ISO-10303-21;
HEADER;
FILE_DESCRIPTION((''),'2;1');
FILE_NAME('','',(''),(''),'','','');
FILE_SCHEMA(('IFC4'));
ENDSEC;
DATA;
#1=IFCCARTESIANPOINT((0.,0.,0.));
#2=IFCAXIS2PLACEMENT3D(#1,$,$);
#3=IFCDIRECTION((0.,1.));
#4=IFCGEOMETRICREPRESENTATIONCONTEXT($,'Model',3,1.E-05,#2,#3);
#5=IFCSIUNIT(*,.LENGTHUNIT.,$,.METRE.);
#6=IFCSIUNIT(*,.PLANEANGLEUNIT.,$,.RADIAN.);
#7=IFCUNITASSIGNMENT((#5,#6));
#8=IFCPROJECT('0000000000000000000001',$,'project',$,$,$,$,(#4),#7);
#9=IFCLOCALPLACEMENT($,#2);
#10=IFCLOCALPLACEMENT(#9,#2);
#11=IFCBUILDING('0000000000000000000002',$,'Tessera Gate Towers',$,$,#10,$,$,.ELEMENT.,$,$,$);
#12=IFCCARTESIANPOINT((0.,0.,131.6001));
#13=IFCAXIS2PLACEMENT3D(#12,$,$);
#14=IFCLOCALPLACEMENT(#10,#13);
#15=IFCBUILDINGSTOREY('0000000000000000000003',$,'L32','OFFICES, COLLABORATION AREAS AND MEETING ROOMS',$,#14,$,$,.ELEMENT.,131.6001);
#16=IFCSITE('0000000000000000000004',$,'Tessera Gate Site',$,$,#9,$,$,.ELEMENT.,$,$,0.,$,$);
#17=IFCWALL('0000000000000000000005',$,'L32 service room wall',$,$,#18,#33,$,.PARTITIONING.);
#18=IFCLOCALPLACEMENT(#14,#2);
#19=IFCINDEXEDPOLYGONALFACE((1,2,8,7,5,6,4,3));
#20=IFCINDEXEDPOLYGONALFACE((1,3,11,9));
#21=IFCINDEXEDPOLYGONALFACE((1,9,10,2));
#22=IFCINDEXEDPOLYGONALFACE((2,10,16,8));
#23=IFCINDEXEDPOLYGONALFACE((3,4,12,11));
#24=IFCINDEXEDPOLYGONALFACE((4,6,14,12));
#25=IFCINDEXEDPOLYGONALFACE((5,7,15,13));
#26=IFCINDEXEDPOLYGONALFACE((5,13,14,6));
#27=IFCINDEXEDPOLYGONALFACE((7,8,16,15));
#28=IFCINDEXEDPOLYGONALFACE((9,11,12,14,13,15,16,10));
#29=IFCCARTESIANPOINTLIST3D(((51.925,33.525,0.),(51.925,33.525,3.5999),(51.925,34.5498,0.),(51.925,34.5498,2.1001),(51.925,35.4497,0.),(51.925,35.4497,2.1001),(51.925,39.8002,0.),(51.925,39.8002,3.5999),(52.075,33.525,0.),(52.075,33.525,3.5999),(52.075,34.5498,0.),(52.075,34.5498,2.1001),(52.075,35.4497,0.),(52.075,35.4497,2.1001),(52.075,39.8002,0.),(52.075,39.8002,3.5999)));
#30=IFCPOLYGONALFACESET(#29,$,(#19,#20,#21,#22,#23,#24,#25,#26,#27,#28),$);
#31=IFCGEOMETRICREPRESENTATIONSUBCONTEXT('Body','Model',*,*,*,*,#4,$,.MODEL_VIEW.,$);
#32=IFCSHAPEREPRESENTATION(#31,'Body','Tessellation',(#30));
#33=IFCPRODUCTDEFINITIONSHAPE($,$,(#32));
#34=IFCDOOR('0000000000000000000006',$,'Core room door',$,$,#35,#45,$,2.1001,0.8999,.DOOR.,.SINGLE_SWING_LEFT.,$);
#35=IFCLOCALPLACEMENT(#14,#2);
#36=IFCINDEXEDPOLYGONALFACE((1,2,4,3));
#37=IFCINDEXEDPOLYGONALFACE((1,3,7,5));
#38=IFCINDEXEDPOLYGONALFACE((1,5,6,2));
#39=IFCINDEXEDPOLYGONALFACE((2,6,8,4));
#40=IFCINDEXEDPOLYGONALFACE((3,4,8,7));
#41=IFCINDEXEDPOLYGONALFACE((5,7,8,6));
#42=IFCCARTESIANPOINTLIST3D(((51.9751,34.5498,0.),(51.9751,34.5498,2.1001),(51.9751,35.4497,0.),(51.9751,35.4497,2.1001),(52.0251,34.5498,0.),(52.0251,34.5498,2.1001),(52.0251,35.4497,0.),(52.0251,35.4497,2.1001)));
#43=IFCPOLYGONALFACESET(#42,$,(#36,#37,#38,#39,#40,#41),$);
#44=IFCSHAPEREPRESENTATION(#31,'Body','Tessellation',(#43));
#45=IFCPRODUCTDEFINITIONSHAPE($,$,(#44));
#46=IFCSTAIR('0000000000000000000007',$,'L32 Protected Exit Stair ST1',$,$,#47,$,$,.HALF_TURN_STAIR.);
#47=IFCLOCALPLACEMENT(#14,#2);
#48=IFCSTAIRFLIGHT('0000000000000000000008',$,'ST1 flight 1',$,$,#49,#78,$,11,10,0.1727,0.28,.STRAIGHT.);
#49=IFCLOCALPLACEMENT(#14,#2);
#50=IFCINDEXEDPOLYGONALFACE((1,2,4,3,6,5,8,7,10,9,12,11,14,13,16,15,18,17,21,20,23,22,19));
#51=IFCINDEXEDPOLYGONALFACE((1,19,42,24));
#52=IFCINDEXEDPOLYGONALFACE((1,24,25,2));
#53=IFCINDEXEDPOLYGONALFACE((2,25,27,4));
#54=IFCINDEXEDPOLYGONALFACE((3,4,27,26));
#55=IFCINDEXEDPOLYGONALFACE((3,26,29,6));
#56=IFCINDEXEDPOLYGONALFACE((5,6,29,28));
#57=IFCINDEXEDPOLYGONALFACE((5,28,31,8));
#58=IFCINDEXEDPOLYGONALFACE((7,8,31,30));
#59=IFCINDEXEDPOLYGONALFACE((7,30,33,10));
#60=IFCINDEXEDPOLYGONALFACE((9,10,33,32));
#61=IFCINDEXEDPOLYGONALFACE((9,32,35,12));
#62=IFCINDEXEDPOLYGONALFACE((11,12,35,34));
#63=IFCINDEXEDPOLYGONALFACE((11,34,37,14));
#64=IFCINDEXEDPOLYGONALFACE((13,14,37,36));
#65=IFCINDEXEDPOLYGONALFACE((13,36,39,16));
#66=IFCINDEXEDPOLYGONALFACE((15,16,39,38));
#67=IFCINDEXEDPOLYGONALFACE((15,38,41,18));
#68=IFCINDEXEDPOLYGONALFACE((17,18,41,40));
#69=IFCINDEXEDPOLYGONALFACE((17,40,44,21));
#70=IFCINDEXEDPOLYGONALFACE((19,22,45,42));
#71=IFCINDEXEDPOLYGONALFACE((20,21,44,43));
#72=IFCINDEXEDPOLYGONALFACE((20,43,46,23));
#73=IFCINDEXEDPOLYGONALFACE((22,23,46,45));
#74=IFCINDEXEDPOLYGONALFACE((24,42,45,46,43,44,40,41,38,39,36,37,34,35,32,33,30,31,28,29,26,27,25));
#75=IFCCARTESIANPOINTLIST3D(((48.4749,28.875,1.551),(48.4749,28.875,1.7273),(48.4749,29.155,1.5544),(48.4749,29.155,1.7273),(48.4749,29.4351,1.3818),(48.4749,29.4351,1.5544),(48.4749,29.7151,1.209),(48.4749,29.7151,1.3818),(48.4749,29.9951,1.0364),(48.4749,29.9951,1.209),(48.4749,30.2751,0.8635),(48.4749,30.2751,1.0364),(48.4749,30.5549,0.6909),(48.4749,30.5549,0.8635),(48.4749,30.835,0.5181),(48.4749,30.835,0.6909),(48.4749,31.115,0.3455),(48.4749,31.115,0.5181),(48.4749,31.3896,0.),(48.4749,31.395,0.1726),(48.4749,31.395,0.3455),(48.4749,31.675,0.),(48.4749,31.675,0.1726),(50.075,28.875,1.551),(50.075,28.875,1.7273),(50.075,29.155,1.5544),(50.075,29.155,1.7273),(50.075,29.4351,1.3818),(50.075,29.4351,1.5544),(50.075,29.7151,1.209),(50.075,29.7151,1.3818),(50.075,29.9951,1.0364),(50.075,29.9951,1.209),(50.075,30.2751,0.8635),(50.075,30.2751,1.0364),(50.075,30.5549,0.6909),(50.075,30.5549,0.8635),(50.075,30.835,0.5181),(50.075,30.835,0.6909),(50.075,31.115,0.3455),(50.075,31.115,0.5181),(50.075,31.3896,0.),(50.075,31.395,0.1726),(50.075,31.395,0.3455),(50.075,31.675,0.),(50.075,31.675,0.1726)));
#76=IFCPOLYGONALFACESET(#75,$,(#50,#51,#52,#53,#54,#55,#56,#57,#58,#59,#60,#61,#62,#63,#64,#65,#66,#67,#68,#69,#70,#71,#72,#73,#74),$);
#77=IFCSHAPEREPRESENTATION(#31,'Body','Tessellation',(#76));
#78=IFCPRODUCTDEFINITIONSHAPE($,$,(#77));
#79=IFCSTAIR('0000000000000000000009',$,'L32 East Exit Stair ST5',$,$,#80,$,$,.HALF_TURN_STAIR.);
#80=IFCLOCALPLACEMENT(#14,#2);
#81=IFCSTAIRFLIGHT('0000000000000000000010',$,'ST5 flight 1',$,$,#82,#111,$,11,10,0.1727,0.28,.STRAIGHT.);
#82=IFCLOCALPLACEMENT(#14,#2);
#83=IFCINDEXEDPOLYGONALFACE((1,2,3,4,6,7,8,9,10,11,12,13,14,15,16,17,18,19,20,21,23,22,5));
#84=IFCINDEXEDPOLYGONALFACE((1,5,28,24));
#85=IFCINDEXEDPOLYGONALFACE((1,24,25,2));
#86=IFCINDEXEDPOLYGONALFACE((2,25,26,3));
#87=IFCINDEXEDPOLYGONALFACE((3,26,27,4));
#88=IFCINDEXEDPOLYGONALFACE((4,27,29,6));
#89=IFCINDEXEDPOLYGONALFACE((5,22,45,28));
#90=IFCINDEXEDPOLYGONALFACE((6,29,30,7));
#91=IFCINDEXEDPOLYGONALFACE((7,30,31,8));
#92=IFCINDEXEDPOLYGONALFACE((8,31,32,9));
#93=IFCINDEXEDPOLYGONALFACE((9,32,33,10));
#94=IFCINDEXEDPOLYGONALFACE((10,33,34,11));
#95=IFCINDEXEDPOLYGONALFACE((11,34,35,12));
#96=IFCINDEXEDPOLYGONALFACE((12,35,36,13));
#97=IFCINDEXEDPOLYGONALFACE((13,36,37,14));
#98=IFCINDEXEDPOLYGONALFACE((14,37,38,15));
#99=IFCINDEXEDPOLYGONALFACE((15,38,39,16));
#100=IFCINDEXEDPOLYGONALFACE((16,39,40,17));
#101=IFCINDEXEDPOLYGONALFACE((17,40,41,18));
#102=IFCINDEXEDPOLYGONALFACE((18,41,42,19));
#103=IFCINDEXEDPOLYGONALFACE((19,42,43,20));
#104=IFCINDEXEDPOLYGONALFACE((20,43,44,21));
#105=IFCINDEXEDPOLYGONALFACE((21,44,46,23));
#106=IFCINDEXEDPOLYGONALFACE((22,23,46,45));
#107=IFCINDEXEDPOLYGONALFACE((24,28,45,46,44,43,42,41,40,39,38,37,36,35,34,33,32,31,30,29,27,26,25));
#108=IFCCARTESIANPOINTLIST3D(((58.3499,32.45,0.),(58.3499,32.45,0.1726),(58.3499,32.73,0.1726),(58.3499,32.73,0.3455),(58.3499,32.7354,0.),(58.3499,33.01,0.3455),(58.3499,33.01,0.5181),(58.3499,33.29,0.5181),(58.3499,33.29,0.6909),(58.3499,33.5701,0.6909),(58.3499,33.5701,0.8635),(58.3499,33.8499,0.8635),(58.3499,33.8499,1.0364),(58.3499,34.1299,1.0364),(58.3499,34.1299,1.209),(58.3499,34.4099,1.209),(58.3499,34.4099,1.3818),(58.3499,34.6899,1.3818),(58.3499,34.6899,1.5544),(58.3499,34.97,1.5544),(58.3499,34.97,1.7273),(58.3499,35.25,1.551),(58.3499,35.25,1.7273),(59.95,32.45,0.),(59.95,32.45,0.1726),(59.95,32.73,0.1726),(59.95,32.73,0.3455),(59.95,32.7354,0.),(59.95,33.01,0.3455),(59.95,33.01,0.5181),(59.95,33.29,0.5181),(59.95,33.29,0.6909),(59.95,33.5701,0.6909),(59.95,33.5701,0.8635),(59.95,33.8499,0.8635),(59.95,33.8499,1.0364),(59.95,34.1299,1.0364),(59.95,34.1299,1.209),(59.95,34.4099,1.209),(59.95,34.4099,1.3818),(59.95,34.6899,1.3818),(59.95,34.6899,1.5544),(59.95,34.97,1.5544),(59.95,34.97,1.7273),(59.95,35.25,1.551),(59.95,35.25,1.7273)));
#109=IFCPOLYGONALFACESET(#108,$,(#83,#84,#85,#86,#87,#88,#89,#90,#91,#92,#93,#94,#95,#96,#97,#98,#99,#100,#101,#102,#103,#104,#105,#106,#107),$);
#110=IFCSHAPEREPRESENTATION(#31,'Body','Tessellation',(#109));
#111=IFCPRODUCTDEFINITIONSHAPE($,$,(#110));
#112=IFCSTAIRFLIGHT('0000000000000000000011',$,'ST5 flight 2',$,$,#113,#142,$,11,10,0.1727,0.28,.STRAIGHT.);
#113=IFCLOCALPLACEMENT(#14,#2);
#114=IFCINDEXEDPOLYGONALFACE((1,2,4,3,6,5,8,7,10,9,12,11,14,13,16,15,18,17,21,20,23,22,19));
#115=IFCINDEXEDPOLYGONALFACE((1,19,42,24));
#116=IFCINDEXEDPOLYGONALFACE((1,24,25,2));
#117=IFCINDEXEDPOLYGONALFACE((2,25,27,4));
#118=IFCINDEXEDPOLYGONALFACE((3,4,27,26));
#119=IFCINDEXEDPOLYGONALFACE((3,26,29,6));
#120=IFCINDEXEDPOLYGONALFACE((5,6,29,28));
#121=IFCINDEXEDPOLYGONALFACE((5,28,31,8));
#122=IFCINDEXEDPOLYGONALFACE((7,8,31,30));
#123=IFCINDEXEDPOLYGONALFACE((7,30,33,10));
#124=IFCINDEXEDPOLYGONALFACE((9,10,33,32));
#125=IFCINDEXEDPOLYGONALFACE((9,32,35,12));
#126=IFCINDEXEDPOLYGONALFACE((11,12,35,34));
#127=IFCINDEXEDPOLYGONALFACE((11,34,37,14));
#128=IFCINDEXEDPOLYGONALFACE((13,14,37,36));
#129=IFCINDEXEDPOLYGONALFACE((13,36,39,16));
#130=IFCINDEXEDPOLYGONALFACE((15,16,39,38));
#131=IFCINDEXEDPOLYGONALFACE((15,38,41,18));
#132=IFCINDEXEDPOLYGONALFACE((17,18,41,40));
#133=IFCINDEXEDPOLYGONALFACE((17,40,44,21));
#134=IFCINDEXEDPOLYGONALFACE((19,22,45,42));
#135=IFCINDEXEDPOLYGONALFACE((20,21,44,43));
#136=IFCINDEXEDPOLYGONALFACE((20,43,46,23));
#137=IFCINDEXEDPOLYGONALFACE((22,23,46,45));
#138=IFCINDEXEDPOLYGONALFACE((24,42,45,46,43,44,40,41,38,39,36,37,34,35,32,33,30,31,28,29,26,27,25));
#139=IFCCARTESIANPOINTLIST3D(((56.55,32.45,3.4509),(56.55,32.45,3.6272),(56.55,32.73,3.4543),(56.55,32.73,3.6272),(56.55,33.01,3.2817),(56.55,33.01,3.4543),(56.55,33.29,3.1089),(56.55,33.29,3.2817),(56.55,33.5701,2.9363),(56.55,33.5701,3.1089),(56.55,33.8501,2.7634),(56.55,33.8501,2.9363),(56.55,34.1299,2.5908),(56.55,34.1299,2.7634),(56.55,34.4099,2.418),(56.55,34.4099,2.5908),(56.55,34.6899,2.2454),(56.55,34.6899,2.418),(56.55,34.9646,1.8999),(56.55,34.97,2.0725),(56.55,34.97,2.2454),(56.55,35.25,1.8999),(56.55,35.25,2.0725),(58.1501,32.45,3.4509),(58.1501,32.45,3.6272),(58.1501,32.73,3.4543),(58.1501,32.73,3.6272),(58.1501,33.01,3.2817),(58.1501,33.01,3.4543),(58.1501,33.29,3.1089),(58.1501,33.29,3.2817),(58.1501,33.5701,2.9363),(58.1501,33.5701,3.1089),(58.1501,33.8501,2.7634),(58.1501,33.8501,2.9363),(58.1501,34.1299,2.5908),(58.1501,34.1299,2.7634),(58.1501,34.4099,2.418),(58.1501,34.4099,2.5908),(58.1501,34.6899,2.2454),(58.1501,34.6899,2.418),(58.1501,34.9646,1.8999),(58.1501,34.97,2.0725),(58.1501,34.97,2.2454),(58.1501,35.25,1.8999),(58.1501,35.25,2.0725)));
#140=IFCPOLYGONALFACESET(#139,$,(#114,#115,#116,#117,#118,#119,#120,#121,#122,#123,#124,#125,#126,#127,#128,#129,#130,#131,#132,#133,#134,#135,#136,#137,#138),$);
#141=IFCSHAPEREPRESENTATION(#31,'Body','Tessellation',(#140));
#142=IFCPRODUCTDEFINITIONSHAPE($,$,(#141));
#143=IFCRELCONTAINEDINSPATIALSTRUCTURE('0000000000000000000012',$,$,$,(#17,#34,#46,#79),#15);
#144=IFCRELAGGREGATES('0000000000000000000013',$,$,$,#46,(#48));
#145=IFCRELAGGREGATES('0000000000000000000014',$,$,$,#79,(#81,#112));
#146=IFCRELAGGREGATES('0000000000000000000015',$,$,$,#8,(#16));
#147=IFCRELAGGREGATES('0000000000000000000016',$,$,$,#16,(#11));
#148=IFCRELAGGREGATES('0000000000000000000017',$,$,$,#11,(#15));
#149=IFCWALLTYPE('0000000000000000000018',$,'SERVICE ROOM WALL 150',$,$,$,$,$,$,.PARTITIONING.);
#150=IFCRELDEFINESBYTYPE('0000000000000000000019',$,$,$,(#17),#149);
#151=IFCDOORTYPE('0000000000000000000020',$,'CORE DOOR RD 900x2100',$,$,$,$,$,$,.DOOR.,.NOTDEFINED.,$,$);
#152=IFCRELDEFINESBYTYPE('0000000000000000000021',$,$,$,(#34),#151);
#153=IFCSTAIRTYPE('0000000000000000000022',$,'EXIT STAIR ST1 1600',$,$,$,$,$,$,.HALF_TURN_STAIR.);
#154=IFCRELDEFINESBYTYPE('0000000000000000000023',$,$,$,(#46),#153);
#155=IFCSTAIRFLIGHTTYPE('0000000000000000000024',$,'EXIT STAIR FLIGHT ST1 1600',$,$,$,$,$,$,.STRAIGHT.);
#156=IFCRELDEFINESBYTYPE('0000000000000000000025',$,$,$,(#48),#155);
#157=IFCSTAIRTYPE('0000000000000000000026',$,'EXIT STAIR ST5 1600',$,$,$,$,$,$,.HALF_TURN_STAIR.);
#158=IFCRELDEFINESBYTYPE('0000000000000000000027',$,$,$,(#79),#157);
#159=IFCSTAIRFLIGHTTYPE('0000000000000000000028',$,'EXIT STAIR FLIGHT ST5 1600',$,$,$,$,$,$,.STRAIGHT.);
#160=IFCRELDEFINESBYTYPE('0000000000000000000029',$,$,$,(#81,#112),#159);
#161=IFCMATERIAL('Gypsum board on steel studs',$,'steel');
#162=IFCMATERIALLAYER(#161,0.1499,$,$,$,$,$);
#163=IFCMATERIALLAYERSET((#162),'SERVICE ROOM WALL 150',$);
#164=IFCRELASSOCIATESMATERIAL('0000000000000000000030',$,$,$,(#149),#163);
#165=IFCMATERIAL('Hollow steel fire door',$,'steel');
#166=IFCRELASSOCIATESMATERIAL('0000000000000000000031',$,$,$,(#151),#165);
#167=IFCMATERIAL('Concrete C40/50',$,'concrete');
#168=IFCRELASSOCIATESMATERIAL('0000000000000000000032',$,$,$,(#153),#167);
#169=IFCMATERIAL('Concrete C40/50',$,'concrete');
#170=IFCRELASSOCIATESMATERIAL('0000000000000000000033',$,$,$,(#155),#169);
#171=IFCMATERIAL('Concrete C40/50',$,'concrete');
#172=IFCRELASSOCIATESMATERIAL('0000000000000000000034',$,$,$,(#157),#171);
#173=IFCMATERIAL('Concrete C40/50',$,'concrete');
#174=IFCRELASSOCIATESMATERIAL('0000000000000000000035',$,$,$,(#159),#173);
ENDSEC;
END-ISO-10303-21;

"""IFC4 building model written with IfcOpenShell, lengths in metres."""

from ifc_helpers import new_model, si_unit, direction, frame, frame_2d, origin, place, context, subcontext, project, spatial, polyline, rectangle, outline, extrude, source, transform, mapped, material, layer, layer_set, type_object, element, fill, aggregate, save


model = new_model("IFC4")

# Units and contexts
model_context = context("Model", 3, precision=1e-05, world=origin(), true_north=direction((0.0, 1.0)))
body_context = subcontext(model_context, "Body", "Model", "MODEL_VIEW")
ifc_project = project(units=[si_unit("LENGTHUNIT", "METRE"), si_unit("PLANEANGLEUNIT", "RADIAN")], contexts=[model_context])

# Site, building, storey
site_placement = place(None, origin())
site = spatial("IfcSite", under=ifc_project, at=site_placement, Name="Tessera Gate Site", CompositionType="ELEMENT", RefElevation=0.0)
building_placement = place(site_placement, origin())
building = spatial("IfcBuilding", under=site, at=building_placement, Name="Tessera Gate Towers", CompositionType="ELEMENT")
storey_placement = place(building_placement, frame((0.0, 0.0, 131.6001)))
storey = spatial("IfcBuildingStorey", under=building, at=storey_placement, Name="L32", Description="OFFICES, COLLABORATION AREAS AND MEETING ROOMS", CompositionType="ELEMENT", Elevation=131.6001)

# Wall, opening, door
shared_shape_1 = source(origin(), body_context, "Body", "SweptSolid", [
    extrude(rectangle(XDim=0.8999, YDim=2.1001, at=frame_2d((0.45, 1.05))), frame((0.0, 0.085, 0.0), z_axis=(0.0, -1.0, 0.0), x_axis=(1.0, 0.0, 0.0)), (0.0, 0.0, 1.0), 0.1699),
])
shared_shape_2 = source(origin(), body_context, "Body", "SweptSolid", [
    extrude(rectangle(XDim=0.8999, YDim=2.1001, at=frame_2d((0.45, 1.05))), frame((0.0, 0.0249, 0.0), z_axis=(0.0, -1.0, 0.0), x_axis=(1.0, 0.0, 0.0)), (0.0, 0.0, 1.0), 0.05),
])
ifc_material_1 = material(Name="Gypsum board on steel studs", Category="steel")
ifc_layer_1 = layer(ifc_material_1, 0.1499)
ifc_layer_set_1 = layer_set([ifc_layer_1], Name="SERVICE ROOM WALL 150")
wall_type_1 = type_object("IfcWallType", Name="SERVICE ROOM WALL 150", PredefinedType="PARTITIONING", material=ifc_layer_set_1)
wall_1_placement = place(storey_placement, frame((52.0, 33.5249, 0.0), z_axis=(0.0, 0.0, 1.0), x_axis=(0.0, 1.0, 0.0)))
wall_1 = element("IfcWall", 1, at=wall_1_placement, inside=storey, type_object=wall_type_1, Name="L32 service room wall", PredefinedType="PARTITIONING", context=body_context, shape_type="SweptSolid", body=[
    extrude(rectangle(XDim=6.2751, YDim=0.1499, at=frame_2d((3.1377, 0.0))), origin(), (0.0, 0.0, 1.0), 3.5999),
])
opening_1_placement = place(wall_1_placement, frame((1.0249, 0.0, 0.0)))
opening_1 = element("IfcOpeningElement", 2, at=opening_1_placement, cuts=wall_1, PredefinedType="OPENING", context=body_context, shape_type="MappedRepresentation", body=[
    mapped(shared_shape_1, transform((0.0, 0.0, 0.0), scale=1.0)),
])
ifc_material_2 = material(Name="Hollow steel fire door", Category="steel")
door_type_1 = type_object("IfcDoorType", Name="CORE DOOR RD 900x2100", OperationType="NOTDEFINED", PredefinedType="DOOR", material=ifc_material_2)
door_1_placement = place(opening_1_placement, origin())
door_1 = element("IfcDoor", 3, at=door_1_placement, inside=storey, type_object=door_type_1, Name="Core room door", OperationType="SINGLE_SWING_LEFT", OverallHeight=2.1001, OverallWidth=0.8999, PredefinedType="DOOR", context=body_context, shape_type="MappedRepresentation", body=[
    mapped(shared_shape_2, transform((0.0, 0.0, 0.0), scale=1.0)),
])
fill(opening_1, door_1)

# Stair, stair flight
ifc_material_3 = material(Name="Concrete C40/50", Category="concrete")
stair_type_1 = type_object("IfcStairType", Name="EXIT STAIR ST1 1600", PredefinedType="HALF_TURN_STAIR", material=ifc_material_3)
stair_1_placement = place(storey_placement, origin())
stair_1 = element("IfcStair", 4, at=stair_1_placement, inside=storey, type_object=stair_type_1, Name="L32 Protected Exit Stair ST1", PredefinedType="HALF_TURN_STAIR")
ifc_material_4 = material(Name="Concrete C40/50", Category="concrete")
stair_flight_type_1 = type_object("IfcStairFlightType", Name="EXIT STAIR FLIGHT ST1 1600", PredefinedType="STRAIGHT", material=ifc_material_4)
stair_flight_1_placement = place(storey_placement, frame((49.2749, 31.675, 0.0), z_axis=(0.0, 0.0, 1.0), x_axis=(0.0, -1.0, 0.0)))
stair_flight_1 = element("IfcStairFlight", 5, at=stair_flight_1_placement, type_object=stair_flight_type_1, Name="ST1 flight 1", NumberOfRisers=11, NumberOfTreads=10, PredefinedType="STRAIGHT", RiserHeight=0.1727, TreadLength=0.28, context=body_context, shape_type="SweptSolid", body=[
    extrude(outline(polyline([(0.0, 0.0), (0.0, 0.1726), (0.28, 0.1726), (0.28, 0.3455), (0.5601, 0.3455), (0.5601, 0.5181), (0.8401, 0.5181), (0.8401, 0.6909), (1.1201, 0.6909), (1.1201, 0.8635), (1.3999, 0.8635), (1.3999, 1.0364), (1.6799, 1.0364), (1.6799, 1.209), (1.96, 1.209), (1.96, 1.3818), (2.24, 1.3818), (2.24, 1.5544), (2.52, 1.5544), (2.52, 1.7273), (2.8, 1.7273), (2.8, 1.8999), (2.8, 1.551), (0.2854, 0.0), (0.0, 0.0)])), frame((0.0, 0.8, 0.0), z_axis=(0.0, -1.0, 0.0), x_axis=(1.0, 0.0, 0.0)), (0.0, 0.0, 1.0), 1.6001),
])
aggregate(stair_1, [stair_flight_1])

# Stair, stair flights
ifc_material_5 = material(Name="Concrete C40/50", Category="concrete")
stair_type_2 = type_object("IfcStairType", Name="EXIT STAIR ST5 1600", PredefinedType="HALF_TURN_STAIR", material=ifc_material_5)
stair_2_placement = place(storey_placement, origin())
stair_2 = element("IfcStair", 6, at=stair_2_placement, inside=storey, type_object=stair_type_2, Name="L32 East Exit Stair ST5", PredefinedType="HALF_TURN_STAIR")
ifc_material_6 = material(Name="Concrete C40/50", Category="concrete")
stair_flight_type_2 = type_object("IfcStairFlightType", Name="EXIT STAIR FLIGHT ST5 1600", PredefinedType="STRAIGHT", material=ifc_material_6)
stair_flight_2_placement = place(storey_placement, frame((59.1499, 32.45, 0.0), z_axis=(0.0, 0.0, 1.0), x_axis=(0.0, 1.0, 0.0)))
stair_flight_2 = element("IfcStairFlight", 7, at=stair_flight_2_placement, type_object=stair_flight_type_2, Name="ST5 flight 1", NumberOfRisers=11, NumberOfTreads=10, PredefinedType="STRAIGHT", RiserHeight=0.1727, TreadLength=0.28, context=body_context, shape_type="SweptSolid", body=[
    extrude(outline(polyline([(0.0, 0.0), (0.0, 0.1726), (0.28, 0.1726), (0.28, 0.3455), (0.5601, 0.3455), (0.5601, 0.5181), (0.8401, 0.5181), (0.8401, 0.6909), (1.1201, 0.6909), (1.1201, 0.8635), (1.3999, 0.8635), (1.3999, 1.0364), (1.6799, 1.0364), (1.6799, 1.209), (1.96, 1.209), (1.96, 1.3818), (2.24, 1.3818), (2.24, 1.5544), (2.52, 1.5544), (2.52, 1.7273), (2.8, 1.7273), (2.8, 1.8999), (2.8, 1.551), (0.2854, 0.0), (0.0, 0.0)])), frame((0.0, 0.8, 0.0), z_axis=(0.0, -1.0, 0.0), x_axis=(1.0, 0.0, 0.0)), (0.0, 0.0, 1.0), 1.6001),
])
stair_flight_3_placement = place(storey_placement, frame((57.3501, 35.25, 1.8999), z_axis=(0.0, 0.0, 1.0), x_axis=(0.0, -1.0, 0.0)))
stair_flight_3 = element("IfcStairFlight", 8, at=stair_flight_3_placement, type_object=stair_flight_type_2, Name="ST5 flight 2", NumberOfRisers=11, NumberOfTreads=10, PredefinedType="STRAIGHT", RiserHeight=0.1727, TreadLength=0.28, context=body_context, shape_type="SweptSolid", body=[
    extrude(outline(polyline([(0.0, 0.0), (0.0, 0.1726), (0.28, 0.1726), (0.28, 0.3455), (0.5601, 0.3455), (0.5601, 0.5181), (0.8401, 0.5181), (0.8401, 0.6909), (1.1201, 0.6909), (1.1201, 0.8635), (1.3999, 0.8635), (1.3999, 1.0364), (1.6799, 1.0364), (1.6799, 1.209), (1.96, 1.209), (1.96, 1.3818), (2.24, 1.3818), (2.24, 1.5544), (2.52, 1.5544), (2.52, 1.7273), (2.8, 1.7273), (2.8, 1.8999), (2.8, 1.551), (0.2854, 0.0), (0.0, 0.0)])), frame((0.0, 0.8, 0.0), z_axis=(0.0, -1.0, 0.0), x_axis=(1.0, 0.0, 0.0)), (0.0, 0.0, 1.0), 1.6001),
])
aggregate(stair_2, [stair_flight_2, stair_flight_3])

save(model, "model.ifc")
